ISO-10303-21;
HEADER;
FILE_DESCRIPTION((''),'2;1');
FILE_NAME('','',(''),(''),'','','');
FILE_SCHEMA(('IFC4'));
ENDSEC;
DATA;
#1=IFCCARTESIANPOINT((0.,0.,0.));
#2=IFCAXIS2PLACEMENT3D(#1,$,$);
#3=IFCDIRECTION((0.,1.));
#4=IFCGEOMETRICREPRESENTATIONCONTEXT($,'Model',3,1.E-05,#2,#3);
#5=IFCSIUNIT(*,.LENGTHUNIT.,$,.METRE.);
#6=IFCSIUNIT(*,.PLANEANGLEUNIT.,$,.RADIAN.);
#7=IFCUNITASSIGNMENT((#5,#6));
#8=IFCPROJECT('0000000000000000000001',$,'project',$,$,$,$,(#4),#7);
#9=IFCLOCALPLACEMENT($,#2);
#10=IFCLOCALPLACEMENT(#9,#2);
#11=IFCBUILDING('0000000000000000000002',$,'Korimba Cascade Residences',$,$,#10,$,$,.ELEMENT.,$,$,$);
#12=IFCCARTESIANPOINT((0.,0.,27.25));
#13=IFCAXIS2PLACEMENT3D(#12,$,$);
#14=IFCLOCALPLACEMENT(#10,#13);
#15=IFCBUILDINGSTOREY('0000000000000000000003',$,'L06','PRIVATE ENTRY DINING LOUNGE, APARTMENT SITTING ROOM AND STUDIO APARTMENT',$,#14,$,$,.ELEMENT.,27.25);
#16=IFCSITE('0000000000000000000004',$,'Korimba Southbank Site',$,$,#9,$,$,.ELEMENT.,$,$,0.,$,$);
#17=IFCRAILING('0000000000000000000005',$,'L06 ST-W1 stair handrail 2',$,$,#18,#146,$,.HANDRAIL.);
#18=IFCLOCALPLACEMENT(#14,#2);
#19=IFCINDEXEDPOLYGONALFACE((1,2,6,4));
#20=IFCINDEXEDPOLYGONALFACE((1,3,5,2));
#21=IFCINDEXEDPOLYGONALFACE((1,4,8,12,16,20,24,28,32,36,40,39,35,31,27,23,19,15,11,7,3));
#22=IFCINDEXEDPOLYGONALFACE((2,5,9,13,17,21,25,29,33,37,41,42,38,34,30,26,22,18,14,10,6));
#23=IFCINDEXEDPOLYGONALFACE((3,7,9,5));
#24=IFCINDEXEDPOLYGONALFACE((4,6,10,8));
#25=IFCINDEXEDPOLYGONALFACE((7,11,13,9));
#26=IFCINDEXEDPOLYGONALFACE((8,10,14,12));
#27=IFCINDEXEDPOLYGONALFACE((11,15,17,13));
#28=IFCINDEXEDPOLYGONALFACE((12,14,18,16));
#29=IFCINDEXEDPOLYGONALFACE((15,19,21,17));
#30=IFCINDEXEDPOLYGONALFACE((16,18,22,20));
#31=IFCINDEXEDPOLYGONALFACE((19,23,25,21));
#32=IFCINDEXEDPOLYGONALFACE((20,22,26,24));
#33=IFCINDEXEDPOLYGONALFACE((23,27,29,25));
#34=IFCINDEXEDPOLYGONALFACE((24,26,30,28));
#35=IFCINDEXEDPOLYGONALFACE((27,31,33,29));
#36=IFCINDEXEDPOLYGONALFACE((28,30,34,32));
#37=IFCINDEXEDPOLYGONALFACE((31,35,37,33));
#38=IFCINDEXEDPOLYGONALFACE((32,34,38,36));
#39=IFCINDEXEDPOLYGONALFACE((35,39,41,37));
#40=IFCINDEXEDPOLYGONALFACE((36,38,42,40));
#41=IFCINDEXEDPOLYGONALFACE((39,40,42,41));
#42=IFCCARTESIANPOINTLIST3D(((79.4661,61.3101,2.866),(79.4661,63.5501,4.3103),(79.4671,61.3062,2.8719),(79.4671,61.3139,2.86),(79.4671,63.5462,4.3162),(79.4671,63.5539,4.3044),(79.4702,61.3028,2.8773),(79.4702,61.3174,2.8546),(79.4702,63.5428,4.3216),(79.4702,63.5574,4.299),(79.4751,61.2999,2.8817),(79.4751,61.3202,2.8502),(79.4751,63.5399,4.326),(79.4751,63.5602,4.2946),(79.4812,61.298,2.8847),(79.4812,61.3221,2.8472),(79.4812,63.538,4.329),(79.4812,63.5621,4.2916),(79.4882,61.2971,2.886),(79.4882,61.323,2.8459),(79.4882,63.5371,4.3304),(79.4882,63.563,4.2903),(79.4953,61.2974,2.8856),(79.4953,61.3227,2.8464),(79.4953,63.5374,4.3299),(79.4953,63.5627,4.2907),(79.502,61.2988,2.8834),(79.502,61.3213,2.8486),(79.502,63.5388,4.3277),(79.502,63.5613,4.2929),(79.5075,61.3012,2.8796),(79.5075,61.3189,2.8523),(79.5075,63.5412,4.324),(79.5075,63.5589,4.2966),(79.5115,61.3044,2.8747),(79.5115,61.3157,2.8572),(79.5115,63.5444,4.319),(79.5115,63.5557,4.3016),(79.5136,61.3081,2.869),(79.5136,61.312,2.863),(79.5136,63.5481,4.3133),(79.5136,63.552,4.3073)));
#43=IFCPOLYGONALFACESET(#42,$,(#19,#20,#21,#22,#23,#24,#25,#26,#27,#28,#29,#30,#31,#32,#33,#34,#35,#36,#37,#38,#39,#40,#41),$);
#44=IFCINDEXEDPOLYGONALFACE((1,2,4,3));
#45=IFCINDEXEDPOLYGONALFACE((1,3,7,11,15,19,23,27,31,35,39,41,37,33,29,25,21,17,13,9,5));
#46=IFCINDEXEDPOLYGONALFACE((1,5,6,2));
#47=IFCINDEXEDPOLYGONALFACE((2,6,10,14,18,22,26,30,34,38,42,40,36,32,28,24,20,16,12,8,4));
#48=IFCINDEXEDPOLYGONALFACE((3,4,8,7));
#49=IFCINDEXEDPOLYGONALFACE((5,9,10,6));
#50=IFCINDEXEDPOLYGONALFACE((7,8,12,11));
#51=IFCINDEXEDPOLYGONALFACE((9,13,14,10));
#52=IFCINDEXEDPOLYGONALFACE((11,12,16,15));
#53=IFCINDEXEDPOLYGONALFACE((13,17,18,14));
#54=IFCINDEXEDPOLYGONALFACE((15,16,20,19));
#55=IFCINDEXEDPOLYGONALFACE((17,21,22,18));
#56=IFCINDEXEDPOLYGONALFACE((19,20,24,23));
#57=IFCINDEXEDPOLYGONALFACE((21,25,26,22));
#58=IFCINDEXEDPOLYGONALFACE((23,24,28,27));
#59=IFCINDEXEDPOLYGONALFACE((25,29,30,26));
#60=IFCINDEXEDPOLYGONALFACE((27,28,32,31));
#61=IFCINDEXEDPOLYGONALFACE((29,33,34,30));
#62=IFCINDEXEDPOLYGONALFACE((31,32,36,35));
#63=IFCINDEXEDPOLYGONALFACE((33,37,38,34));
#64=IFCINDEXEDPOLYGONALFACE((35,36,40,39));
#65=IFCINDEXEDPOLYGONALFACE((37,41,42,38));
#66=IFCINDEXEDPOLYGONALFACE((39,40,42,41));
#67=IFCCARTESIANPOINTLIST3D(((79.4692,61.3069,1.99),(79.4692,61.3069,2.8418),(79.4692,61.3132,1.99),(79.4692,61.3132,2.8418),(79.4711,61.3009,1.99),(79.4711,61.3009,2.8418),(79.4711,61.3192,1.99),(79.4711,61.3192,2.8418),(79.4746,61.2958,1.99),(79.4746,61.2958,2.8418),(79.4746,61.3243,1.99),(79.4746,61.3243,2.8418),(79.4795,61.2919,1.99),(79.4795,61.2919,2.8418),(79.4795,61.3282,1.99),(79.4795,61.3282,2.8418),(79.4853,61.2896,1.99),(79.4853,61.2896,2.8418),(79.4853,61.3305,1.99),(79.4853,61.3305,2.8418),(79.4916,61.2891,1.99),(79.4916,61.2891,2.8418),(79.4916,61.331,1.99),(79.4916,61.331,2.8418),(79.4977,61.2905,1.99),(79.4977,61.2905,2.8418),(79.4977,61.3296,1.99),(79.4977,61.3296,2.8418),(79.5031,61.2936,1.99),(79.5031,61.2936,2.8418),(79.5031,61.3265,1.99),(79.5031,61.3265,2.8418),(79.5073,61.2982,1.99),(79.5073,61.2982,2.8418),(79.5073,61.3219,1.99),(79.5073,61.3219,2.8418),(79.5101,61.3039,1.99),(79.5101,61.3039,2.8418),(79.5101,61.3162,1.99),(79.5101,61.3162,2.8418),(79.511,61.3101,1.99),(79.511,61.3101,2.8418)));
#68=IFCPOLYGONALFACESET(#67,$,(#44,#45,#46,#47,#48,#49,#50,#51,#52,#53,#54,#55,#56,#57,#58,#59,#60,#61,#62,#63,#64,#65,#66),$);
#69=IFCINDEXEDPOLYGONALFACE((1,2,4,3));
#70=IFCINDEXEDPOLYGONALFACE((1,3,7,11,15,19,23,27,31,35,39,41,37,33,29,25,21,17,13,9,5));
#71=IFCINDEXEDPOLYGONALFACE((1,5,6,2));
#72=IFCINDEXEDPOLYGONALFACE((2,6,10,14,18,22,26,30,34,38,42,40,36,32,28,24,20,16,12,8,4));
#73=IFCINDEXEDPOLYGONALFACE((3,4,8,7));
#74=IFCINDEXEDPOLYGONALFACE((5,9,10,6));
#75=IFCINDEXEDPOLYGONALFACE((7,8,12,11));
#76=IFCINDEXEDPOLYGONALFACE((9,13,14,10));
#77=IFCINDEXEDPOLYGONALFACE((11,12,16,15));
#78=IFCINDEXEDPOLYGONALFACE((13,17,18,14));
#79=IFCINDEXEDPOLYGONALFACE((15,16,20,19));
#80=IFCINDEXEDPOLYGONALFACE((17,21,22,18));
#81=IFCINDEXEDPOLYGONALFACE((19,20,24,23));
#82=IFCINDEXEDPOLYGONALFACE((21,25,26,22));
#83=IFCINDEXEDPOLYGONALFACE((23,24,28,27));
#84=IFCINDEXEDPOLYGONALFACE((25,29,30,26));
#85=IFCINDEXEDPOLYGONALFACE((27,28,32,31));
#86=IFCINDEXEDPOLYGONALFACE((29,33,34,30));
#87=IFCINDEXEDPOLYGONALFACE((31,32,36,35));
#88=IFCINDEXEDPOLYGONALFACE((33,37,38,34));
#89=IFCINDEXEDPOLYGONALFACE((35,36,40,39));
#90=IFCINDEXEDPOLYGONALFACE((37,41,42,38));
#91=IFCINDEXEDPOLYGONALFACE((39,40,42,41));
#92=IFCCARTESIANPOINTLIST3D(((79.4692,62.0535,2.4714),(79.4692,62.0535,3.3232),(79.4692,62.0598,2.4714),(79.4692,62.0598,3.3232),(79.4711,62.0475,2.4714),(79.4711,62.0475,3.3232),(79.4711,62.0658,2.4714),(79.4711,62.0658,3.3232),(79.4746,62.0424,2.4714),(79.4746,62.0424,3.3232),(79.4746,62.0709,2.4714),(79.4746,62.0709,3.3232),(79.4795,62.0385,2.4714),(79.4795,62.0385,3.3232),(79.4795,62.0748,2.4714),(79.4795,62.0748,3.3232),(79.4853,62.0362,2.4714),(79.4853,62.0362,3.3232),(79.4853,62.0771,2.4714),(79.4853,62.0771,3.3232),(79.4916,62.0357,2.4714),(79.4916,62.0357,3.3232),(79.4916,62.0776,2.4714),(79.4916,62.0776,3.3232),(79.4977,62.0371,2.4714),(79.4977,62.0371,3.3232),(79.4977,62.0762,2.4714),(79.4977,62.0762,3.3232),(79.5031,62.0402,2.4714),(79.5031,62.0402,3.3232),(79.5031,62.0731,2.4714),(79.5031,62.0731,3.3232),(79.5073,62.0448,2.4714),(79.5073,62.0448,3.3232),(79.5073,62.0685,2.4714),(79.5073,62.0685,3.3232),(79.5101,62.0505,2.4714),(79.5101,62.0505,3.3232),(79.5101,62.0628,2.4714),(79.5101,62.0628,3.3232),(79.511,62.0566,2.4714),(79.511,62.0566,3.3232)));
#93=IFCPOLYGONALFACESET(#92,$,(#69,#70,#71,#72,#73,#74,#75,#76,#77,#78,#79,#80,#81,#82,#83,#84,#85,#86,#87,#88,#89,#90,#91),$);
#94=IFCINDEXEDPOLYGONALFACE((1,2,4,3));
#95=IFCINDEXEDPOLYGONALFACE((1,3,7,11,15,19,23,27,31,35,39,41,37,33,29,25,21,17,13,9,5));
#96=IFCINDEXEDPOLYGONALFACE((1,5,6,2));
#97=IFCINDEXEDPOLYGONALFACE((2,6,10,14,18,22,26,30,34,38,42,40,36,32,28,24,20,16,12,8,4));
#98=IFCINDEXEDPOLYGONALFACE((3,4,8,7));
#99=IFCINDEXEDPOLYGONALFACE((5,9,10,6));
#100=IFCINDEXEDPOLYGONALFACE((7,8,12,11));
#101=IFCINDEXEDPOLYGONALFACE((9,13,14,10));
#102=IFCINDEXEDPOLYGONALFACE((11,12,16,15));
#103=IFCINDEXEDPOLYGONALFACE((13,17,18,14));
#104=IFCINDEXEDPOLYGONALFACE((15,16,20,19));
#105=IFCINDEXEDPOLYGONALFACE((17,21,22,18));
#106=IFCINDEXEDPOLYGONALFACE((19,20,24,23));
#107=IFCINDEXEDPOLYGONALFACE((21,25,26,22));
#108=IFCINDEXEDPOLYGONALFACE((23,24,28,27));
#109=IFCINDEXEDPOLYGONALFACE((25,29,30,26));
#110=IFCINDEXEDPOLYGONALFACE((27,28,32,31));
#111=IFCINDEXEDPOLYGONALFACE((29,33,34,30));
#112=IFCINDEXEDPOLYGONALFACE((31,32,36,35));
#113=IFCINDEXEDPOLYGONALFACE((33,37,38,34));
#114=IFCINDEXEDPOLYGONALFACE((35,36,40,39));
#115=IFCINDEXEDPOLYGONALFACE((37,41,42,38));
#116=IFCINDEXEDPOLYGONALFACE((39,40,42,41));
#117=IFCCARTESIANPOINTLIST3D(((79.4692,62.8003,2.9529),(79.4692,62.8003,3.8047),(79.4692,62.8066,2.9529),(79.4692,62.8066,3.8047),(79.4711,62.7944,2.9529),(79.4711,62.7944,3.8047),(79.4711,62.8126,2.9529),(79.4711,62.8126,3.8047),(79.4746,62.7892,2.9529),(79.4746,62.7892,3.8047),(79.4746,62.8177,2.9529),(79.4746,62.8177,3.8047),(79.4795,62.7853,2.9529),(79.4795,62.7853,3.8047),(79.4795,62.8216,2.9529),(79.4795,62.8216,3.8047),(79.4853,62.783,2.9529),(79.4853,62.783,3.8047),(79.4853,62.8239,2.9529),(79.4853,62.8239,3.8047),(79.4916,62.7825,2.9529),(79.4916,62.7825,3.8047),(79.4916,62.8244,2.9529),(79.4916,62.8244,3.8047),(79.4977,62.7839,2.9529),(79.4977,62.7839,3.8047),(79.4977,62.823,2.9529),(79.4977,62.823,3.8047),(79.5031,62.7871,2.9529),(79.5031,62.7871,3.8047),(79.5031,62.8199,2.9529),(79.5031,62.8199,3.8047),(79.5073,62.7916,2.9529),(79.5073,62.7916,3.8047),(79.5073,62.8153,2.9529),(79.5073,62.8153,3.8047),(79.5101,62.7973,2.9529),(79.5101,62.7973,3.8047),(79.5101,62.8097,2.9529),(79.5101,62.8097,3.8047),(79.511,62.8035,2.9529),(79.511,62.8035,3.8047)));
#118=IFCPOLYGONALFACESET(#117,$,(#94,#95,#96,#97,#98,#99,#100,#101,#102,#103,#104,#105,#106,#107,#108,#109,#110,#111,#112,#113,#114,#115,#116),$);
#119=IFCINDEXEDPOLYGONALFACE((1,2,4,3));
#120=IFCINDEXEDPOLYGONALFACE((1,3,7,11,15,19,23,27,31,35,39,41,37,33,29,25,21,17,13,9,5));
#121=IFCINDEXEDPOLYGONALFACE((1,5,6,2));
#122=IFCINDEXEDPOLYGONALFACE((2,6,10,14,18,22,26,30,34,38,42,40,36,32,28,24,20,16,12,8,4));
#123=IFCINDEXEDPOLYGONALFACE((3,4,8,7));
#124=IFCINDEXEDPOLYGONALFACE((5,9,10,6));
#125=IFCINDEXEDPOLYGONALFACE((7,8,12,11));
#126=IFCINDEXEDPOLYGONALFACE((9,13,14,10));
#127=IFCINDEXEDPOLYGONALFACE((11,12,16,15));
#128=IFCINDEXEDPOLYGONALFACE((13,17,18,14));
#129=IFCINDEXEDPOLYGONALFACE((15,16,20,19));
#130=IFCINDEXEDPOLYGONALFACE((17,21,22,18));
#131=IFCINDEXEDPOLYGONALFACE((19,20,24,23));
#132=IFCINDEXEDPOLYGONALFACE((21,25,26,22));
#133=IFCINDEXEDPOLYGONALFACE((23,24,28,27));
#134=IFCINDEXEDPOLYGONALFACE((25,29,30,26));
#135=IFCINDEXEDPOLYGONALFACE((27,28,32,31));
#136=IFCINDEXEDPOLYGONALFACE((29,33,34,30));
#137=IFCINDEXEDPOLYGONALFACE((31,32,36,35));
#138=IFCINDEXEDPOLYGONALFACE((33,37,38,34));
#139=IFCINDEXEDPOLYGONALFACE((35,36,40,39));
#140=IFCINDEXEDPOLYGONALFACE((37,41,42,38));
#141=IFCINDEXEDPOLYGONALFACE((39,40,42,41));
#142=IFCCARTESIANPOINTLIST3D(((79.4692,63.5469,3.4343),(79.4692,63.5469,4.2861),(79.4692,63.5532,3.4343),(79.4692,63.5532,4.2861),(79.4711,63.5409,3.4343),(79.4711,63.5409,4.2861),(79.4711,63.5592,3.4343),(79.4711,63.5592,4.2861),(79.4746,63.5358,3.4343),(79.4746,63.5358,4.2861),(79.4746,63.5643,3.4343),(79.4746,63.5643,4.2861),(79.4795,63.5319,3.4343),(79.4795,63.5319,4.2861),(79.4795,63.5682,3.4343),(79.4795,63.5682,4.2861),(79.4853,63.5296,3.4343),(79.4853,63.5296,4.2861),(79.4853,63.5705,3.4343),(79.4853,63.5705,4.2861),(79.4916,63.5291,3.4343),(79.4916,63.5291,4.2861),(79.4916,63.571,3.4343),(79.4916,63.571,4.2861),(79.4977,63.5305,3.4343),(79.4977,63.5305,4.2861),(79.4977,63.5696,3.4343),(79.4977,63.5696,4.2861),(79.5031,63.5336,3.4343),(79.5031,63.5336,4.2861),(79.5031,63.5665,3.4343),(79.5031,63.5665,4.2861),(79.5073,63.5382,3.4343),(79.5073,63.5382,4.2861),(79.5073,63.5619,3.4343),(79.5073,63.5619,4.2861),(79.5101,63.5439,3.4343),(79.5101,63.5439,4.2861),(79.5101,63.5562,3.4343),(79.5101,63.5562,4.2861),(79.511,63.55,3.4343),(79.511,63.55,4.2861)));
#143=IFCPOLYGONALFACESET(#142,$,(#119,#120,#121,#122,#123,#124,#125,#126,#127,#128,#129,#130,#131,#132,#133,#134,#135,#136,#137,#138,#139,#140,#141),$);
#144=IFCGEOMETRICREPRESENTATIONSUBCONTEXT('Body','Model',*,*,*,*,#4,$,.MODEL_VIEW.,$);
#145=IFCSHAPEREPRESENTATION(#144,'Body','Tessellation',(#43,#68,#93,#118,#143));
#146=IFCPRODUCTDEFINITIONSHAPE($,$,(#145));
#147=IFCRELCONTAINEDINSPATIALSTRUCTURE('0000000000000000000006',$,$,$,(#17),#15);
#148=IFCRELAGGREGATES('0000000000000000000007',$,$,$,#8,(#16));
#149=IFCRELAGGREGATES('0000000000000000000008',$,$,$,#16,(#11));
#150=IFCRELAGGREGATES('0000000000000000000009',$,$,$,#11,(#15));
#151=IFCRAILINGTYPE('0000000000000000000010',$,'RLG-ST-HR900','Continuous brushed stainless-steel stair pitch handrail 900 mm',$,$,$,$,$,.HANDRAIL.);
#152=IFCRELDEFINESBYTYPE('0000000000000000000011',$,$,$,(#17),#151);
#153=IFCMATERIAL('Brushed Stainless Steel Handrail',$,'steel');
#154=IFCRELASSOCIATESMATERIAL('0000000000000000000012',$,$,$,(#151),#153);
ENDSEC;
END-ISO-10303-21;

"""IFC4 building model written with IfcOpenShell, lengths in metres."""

from ifc_helpers import new_model, si_unit, direction, frame, origin, origin_2d, place, context, subcontext, project, spatial, circle, extrude, material, type_object, element, save


model = new_model("IFC4")

# Units and contexts
model_context = context("Model", 3, precision=1e-05, world=origin(), true_north=direction((0.0, 1.0)))
body_context = subcontext(model_context, "Body", "Model", "MODEL_VIEW")
ifc_project = project(units=[si_unit("LENGTHUNIT", "METRE"), si_unit("PLANEANGLEUNIT", "RADIAN")], contexts=[model_context])

# Site, building, storey
site_placement = place(None, origin())
site = spatial("IfcSite", under=ifc_project, at=site_placement, Name="Korimba Southbank Site", CompositionType="ELEMENT", RefElevation=0.0)
building_placement = place(site_placement, origin())
building = spatial("IfcBuilding", under=site, at=building_placement, Name="Korimba Cascade Residences", CompositionType="ELEMENT")
storey_placement = place(building_placement, frame((0.0, 0.0, 27.25)))
storey = spatial("IfcBuildingStorey", under=building, at=storey_placement, Name="L06", Description="PRIVATE ENTRY DINING LOUNGE, APARTMENT SITTING ROOM AND STUDIO APARTMENT", CompositionType="ELEMENT", Elevation=27.25)

# Railing
ifc_material_1 = material(Name="Brushed Stainless Steel Handrail", Category="steel")
railing_type_1 = type_object("IfcRailingType", Name="RLG-ST-HR900", Description="Continuous brushed stainless-steel stair pitch handrail 900 mm", PredefinedType="HANDRAIL", material=ifc_material_1)
railing_1_placement = place(storey_placement, frame((79.49, 61.3101, 1.99)))
element("IfcRailing", 1, at=railing_1_placement, inside=storey, type_object=railing_type_1, Name="L06 ST-W1 stair handrail 2", PredefinedType="HANDRAIL", context=body_context, shape_type="SweptSolid", body=[
    extrude(circle(Radius=0.0239, at=origin_2d()), frame((0.0, 0.0, 0.876), z_axis=(0.0, 0.840437, 0.54191), x_axis=(-1.0, 0.0, 0.0)), (0.0, 0.0, 1.0), 2.6653),
    extrude(circle(Radius=0.021, at=origin_2d()), origin(), (0.0, 0.0, 1.0), 0.8518),
    extrude(circle(Radius=0.021, at=origin_2d()), frame((0.0, 0.7466, 0.4814)), (0.0, 0.0, 1.0), 0.8518),
    extrude(circle(Radius=0.021, at=origin_2d()), frame((0.0, 1.4934, 0.9629)), (0.0, 0.0, 1.0), 0.8518),
    extrude(circle(Radius=0.021, at=origin_2d()), frame((0.0, 2.24, 1.4443)), (0.0, 0.0, 1.0), 0.8518),
])

save(model, "model.ifc")
